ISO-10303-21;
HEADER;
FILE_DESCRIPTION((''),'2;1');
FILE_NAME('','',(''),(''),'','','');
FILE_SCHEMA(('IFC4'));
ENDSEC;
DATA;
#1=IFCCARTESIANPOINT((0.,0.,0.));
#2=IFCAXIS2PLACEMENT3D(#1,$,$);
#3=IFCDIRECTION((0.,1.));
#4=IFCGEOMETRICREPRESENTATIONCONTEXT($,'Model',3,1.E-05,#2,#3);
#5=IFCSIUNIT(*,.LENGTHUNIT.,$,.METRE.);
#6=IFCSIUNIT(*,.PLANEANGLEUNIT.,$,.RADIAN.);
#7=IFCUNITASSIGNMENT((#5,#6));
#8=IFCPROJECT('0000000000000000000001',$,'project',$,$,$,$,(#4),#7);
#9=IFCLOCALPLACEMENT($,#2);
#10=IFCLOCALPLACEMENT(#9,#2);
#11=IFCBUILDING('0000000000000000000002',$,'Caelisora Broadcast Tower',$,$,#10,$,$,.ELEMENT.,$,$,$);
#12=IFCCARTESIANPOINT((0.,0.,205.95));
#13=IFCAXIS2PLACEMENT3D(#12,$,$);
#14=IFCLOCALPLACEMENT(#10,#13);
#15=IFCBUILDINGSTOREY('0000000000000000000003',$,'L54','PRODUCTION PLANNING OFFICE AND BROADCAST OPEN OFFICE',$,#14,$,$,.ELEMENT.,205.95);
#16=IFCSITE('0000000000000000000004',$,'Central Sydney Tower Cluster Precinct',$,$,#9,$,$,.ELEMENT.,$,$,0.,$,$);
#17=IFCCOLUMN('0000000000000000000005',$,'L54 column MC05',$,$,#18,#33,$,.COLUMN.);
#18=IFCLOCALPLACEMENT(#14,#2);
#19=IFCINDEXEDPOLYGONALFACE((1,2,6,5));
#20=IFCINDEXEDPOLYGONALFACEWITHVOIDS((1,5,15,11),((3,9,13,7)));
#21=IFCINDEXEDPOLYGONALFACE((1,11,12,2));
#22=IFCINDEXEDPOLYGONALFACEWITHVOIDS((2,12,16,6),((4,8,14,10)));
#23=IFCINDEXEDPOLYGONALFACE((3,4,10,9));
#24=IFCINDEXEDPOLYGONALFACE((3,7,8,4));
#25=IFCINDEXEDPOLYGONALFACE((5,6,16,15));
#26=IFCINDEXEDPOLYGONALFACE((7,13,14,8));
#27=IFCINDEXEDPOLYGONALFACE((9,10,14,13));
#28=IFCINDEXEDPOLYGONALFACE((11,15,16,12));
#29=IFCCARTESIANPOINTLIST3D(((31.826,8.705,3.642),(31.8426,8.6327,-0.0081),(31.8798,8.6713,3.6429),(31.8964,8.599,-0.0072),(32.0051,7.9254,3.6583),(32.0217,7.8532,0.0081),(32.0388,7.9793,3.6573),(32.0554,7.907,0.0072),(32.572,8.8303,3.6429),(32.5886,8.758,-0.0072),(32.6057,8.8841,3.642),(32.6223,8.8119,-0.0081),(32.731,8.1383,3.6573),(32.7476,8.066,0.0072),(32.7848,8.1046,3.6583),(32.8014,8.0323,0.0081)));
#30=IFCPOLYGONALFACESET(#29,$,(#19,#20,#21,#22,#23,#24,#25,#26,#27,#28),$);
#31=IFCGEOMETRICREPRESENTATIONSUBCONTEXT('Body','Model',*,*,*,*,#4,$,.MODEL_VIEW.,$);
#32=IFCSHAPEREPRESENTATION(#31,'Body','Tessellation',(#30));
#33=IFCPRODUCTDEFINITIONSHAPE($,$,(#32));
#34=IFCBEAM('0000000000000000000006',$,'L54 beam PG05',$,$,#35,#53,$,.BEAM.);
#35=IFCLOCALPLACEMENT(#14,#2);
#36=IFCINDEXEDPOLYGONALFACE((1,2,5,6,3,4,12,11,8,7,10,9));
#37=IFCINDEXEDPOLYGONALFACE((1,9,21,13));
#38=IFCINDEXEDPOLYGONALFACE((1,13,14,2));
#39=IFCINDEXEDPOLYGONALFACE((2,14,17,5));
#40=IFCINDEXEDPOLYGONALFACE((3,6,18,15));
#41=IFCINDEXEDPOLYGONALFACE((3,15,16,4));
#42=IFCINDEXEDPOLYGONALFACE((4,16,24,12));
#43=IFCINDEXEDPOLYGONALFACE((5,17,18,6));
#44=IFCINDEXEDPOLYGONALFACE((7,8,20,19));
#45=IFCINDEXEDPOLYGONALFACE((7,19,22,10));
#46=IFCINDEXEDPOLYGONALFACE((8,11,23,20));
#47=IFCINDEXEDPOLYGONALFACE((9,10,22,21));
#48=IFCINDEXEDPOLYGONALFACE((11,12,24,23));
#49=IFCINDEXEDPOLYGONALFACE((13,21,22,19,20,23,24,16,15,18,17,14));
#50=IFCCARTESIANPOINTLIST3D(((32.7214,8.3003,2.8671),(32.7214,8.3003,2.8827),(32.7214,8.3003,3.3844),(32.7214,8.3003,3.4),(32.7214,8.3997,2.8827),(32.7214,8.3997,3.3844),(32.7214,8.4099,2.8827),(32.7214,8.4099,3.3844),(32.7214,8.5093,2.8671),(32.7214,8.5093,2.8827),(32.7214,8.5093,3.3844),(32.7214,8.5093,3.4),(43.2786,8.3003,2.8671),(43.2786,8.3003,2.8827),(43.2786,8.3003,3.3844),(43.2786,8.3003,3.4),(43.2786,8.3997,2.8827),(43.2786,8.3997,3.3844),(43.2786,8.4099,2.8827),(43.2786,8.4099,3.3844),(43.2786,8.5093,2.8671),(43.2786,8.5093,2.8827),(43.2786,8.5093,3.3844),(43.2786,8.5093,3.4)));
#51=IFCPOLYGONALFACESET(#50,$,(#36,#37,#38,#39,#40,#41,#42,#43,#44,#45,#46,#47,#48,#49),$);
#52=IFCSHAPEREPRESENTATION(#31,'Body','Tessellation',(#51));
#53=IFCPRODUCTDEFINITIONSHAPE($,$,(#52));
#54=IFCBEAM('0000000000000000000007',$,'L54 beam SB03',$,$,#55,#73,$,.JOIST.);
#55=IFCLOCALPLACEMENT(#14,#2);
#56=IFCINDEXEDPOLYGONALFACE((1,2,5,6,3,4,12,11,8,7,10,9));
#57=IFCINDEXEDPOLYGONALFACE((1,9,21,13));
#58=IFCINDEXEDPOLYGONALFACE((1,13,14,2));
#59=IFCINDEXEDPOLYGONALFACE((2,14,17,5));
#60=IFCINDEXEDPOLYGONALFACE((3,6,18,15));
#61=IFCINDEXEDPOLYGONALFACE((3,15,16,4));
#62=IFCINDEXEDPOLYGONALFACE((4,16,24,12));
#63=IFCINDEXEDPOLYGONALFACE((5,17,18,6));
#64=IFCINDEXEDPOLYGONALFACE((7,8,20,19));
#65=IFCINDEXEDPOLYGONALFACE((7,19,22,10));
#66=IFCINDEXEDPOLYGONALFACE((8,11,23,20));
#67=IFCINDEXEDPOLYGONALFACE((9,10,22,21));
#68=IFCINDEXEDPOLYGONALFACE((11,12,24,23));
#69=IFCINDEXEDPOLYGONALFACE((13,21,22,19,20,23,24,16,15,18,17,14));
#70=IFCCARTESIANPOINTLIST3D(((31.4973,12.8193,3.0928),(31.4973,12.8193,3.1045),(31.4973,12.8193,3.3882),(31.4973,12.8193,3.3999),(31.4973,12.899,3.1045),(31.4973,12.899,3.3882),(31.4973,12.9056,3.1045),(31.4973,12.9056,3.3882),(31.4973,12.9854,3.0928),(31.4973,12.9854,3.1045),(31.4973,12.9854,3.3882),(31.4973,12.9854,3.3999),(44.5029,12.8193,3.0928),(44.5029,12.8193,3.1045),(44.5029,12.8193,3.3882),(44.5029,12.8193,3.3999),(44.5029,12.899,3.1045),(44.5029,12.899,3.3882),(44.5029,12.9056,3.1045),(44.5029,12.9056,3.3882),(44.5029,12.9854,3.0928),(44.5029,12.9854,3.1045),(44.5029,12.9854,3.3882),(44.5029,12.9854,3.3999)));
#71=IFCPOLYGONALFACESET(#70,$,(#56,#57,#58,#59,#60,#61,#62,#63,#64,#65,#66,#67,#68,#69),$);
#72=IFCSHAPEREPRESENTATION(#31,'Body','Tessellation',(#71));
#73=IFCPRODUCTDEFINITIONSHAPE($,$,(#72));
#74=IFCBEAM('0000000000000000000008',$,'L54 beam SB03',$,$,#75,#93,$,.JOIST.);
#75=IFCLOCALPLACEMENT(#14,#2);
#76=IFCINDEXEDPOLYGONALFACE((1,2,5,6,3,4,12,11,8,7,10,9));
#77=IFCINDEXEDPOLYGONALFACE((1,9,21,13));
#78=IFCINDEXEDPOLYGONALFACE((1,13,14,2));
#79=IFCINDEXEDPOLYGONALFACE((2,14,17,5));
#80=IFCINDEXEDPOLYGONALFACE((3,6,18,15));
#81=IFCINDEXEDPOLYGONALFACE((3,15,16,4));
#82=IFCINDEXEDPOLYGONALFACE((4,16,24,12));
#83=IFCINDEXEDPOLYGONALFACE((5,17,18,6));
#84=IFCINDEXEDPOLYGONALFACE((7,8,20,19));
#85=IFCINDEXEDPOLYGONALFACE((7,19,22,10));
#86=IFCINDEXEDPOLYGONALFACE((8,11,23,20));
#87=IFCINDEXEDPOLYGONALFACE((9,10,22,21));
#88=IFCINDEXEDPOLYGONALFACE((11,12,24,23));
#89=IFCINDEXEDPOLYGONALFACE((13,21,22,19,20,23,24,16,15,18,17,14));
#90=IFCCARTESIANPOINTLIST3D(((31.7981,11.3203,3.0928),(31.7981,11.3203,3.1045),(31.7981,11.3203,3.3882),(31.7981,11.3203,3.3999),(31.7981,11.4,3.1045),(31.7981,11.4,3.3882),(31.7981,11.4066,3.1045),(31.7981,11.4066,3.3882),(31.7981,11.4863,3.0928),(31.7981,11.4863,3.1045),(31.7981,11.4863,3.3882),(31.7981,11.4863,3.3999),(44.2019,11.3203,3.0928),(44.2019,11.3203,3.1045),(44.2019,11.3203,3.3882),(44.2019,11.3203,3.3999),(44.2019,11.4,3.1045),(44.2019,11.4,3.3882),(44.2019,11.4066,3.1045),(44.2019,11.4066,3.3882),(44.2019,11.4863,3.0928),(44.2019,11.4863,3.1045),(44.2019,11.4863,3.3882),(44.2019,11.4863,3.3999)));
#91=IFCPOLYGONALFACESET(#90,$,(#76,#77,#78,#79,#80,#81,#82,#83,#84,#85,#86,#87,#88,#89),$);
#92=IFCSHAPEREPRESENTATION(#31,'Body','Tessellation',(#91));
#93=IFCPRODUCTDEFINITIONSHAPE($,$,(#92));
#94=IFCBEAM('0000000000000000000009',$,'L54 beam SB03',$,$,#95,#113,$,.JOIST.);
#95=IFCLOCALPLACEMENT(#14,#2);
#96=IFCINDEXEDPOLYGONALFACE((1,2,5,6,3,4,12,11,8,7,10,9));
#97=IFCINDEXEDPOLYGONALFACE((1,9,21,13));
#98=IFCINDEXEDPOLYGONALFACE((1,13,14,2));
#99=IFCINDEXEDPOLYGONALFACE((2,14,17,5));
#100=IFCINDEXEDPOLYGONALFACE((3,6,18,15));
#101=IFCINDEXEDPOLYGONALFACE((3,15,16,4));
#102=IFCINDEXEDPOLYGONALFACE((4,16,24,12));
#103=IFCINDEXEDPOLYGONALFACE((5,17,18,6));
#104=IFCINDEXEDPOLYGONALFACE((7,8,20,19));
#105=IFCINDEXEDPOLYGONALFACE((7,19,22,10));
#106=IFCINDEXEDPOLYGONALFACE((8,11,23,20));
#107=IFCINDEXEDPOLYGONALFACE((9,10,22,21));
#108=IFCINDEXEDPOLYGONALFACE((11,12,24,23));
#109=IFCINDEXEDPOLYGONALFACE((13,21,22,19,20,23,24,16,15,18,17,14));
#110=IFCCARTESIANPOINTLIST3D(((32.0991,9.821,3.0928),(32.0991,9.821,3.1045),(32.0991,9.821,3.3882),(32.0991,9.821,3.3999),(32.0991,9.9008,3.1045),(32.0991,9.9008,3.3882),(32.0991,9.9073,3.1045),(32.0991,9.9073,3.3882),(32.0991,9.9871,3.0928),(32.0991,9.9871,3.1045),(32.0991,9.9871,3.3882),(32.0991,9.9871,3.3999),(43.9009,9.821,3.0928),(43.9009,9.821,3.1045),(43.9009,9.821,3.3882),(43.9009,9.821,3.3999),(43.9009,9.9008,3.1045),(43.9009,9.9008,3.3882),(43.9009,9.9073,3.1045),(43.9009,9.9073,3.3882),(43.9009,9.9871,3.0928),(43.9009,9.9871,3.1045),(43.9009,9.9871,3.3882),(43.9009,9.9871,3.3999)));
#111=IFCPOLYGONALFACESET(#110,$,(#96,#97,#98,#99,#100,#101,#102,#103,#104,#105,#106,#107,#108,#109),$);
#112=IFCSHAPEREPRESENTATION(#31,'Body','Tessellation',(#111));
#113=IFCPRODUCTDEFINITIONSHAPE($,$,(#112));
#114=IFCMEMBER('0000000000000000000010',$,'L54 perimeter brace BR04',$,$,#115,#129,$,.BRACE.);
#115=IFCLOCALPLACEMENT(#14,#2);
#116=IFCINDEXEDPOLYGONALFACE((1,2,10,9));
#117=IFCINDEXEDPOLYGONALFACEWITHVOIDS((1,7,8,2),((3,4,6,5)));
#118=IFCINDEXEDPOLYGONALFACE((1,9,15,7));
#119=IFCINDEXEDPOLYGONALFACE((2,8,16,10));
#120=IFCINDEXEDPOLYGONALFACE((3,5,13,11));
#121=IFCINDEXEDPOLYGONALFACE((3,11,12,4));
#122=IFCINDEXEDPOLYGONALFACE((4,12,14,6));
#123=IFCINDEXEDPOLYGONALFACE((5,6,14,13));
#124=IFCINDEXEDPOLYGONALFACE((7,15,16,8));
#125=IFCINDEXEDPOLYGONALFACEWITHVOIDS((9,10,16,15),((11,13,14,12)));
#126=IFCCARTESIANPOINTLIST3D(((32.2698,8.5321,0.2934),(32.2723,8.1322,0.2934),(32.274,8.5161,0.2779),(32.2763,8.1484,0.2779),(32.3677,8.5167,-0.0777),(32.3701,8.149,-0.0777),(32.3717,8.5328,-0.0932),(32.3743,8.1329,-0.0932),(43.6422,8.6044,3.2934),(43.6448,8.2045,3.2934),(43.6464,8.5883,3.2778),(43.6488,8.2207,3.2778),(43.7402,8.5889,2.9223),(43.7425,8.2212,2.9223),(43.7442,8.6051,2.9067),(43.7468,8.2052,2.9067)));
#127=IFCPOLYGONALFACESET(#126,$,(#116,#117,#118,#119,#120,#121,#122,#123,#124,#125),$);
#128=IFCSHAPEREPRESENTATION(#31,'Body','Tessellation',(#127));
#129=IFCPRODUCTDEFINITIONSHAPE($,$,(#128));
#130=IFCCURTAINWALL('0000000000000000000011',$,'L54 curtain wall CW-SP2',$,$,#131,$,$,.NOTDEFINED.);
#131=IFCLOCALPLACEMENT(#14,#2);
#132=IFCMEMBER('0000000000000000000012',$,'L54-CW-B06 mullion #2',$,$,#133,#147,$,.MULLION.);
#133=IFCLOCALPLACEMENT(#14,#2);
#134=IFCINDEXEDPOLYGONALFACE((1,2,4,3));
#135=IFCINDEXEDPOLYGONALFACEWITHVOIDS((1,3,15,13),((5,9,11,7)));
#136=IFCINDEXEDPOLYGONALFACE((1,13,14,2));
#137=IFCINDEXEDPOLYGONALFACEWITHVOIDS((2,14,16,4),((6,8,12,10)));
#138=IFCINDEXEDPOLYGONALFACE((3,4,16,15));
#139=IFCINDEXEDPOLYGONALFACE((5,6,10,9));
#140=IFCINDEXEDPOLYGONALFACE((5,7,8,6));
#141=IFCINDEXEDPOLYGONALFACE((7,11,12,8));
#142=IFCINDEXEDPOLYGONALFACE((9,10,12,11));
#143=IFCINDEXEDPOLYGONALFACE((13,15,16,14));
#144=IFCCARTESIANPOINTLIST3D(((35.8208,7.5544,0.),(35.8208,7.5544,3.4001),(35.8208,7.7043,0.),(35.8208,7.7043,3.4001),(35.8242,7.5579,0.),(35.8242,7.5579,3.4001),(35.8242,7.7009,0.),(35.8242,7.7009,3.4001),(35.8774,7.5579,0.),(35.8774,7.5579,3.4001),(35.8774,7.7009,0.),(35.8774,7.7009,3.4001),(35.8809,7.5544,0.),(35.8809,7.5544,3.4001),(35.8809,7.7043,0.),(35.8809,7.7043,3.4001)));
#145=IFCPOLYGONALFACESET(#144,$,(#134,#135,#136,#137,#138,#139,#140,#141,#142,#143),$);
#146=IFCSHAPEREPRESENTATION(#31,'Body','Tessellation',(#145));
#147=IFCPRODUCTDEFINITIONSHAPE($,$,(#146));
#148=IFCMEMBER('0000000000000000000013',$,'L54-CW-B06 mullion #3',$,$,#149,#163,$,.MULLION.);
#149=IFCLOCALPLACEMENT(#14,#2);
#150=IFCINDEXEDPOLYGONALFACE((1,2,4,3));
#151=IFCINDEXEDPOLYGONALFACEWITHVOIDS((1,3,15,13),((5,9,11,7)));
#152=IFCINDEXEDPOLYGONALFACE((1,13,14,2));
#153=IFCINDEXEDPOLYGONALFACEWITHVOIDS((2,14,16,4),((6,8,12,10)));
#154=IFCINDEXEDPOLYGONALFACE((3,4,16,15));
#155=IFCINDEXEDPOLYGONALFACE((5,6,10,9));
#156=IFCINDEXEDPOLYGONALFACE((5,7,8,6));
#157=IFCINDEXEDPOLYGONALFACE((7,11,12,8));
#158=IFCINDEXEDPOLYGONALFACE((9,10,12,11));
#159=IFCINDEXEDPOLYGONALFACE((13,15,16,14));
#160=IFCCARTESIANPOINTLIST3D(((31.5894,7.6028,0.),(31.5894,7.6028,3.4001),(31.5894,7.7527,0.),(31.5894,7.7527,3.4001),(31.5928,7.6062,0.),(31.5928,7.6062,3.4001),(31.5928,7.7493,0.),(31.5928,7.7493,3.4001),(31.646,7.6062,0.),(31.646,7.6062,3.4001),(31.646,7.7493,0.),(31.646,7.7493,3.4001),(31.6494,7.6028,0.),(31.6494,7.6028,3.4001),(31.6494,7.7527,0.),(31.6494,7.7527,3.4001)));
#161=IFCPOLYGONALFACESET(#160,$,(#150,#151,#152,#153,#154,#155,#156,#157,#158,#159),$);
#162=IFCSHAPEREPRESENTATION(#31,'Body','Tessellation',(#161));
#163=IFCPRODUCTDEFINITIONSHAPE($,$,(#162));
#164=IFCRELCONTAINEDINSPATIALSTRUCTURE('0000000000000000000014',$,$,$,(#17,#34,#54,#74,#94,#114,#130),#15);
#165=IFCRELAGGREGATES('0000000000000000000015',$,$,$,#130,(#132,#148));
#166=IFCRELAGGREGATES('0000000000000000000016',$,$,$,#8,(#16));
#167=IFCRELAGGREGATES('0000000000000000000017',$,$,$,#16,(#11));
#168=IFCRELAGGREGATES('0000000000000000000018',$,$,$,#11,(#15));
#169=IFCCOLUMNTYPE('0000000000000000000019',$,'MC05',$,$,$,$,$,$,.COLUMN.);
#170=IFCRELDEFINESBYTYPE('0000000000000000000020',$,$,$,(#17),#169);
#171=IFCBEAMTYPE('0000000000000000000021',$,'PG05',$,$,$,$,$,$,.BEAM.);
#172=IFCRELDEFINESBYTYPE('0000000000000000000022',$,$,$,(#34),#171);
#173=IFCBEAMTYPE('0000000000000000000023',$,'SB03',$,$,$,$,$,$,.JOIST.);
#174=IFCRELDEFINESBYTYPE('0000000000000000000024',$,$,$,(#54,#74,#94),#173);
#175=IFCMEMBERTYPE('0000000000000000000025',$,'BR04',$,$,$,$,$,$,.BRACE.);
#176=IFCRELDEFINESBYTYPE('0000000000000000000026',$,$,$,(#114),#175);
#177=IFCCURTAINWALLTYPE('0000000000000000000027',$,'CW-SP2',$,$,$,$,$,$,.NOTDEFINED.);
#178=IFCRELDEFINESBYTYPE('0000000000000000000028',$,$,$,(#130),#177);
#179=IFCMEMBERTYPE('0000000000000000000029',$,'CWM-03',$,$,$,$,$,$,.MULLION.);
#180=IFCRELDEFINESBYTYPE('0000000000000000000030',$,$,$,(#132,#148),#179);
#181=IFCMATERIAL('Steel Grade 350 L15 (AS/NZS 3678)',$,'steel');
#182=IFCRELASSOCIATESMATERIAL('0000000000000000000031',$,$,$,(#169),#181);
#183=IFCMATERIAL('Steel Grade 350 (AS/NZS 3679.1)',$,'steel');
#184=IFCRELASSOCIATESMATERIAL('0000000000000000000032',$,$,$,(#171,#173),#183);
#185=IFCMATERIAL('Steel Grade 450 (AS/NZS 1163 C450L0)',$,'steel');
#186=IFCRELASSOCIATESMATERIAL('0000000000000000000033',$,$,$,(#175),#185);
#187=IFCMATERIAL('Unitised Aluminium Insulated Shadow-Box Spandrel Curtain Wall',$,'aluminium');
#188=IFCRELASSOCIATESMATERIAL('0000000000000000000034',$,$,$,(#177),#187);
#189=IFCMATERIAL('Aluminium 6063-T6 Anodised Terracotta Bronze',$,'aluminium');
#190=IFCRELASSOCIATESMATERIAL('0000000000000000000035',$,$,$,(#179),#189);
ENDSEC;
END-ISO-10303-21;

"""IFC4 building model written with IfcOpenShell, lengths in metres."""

from ifc_helpers import new_model, si_unit, direction, frame, origin, origin_2d, place, context, subcontext, project, spatial, hollow_rectangle, i_section, extrude, source, transform, mapped, material, material_profile, profile_set, type_object, type_shapes, element, aggregate, save


model = new_model("IFC4")

# Units and contexts
model_context = context("Model", 3, precision=1e-05, world=origin(), true_north=direction((0.0, 1.0)))
body_context = subcontext(model_context, "Body", "Model", "MODEL_VIEW")
ifc_project = project(units=[si_unit("LENGTHUNIT", "METRE"), si_unit("PLANEANGLEUNIT", "RADIAN")], contexts=[model_context])

# Site, building, storey
site_placement = place(None, origin())
site = spatial("IfcSite", under=ifc_project, at=site_placement, Name="Central Sydney Tower Cluster Precinct", CompositionType="ELEMENT", RefElevation=0.0)
building_placement = place(site_placement, origin())
building = spatial("IfcBuilding", under=site, at=building_placement, Name="Caelisora Broadcast Tower", CompositionType="ELEMENT")
storey_placement = place(building_placement, frame((0.0, 0.0, 205.95)))
storey = spatial("IfcBuildingStorey", under=building, at=storey_placement, Name="L54", Description="PRODUCTION PLANNING OFFICE AND BROADCAST OPEN OFFICE", CompositionType="ELEMENT", Elevation=205.95)

# Column
ifc_material_1 = material(Name="Steel Grade 350 L15 (AS/NZS 3678)", Category="steel")
ifc_material_profile_1 = material_profile(ifc_material_1, hollow_rectangle(XDim=0.8, YDim=0.8, WallThickness=0.0449, at=origin_2d()), Name="Steel Grade 350 L15 (AS/NZS 3678)")
ifc_profile_set_1 = profile_set([ifc_material_profile_1], Name="Steel Grade 350 L15 (AS/NZS 3678)")
column_type = type_object("IfcColumnType", Name="MC05", PredefinedType="COLUMN", material=ifc_profile_set_1)
shared_shape_1 = source(origin(), body_context, "Body", "SweptSolid", [
    extrude(hollow_rectangle(XDim=0.8, YDim=0.8, WallThickness=0.0449, at=origin_2d()), origin(), (0.0, 0.0, 1.0), 3.6509),
])
type_shapes(column_type, [shared_shape_1])
column_placement = place(storey_placement, frame((32.322, 8.3325, 0.0), z_axis=(-0.004547, 0.019794, 0.999794), x_axis=(-0.974613, -0.223898, 0.0)))
element("IfcColumn", 1, at=column_placement, inside=storey, type_object=column_type, Name="L54 column MC05", PredefinedType="COLUMN", context=body_context, shape_type="MappedRepresentation", body=[
    mapped(shared_shape_1, transform((0.0, 0.0, 0.0), scale=1.0)),
])

# Beams
ifc_material_2 = material(Name="Steel Grade 350 (AS/NZS 3679.1)", Category="steel")
ifc_material_profile_2 = material_profile(ifc_material_2, i_section(OverallWidth=0.209, OverallDepth=0.533, WebThickness=0.0103, FlangeThickness=0.0156, at=origin_2d()), Name="Steel Grade 350 (AS/NZS 3679.1)")
ifc_profile_set_2 = profile_set([ifc_material_profile_2], Name="Steel Grade 350 (AS/NZS 3679.1)")
beam_type_1 = type_object("IfcBeamType", Name="PG05", PredefinedType="BEAM", material=ifc_profile_set_2)
shared_shape_2 = source(origin(), body_context, "Body", "SweptSolid", [
    extrude(i_section(OverallWidth=0.209, OverallDepth=0.533, WebThickness=0.0103, FlangeThickness=0.0156, at=origin_2d()), origin(), (0.0, 0.0, 1.0), 10.5571),
])
type_shapes(beam_type_1, [shared_shape_2])
beam_1_placement = place(storey_placement, frame((32.7214, 8.4048, 3.1335), z_axis=(1.0, 0.0, 0.0), x_axis=(0.0, 1.0, 0.0)))
element("IfcBeam", 2, at=beam_1_placement, inside=storey, type_object=beam_type_1, Name="L54 beam PG05", PredefinedType="BEAM", context=body_context, shape_type="MappedRepresentation", body=[
    mapped(shared_shape_2, transform((0.0, 0.0, 0.0), scale=1.0)),
])
ifc_material_profile_3 = material_profile(ifc_material_2, i_section(OverallWidth=0.166, OverallDepth=0.3071, WebThickness=0.0066, FlangeThickness=0.0117, at=origin_2d()), Name="Steel Grade 350 (AS/NZS 3679.1)")
ifc_profile_set_3 = profile_set([ifc_material_profile_3], Name="Steel Grade 350 (AS/NZS 3679.1)")
beam_type_2 = type_object("IfcBeamType", Name="SB03", PredefinedType="JOIST", material=ifc_profile_set_3)
shared_shape_3 = source(origin(), body_context, "Body", "SweptSolid", [
    extrude(i_section(OverallWidth=0.166, OverallDepth=0.3071, WebThickness=0.0066, FlangeThickness=0.0117, at=origin_2d()), origin(), (0.0, 0.0, 1.0), 13.0056),
])
beam_2_placement = place(storey_placement, frame((31.4973, 12.9023, 3.2463), z_axis=(1.0, 0.0, 0.0), x_axis=(0.0, 1.0, 0.0)))
element("IfcBeam", 3, at=beam_2_placement, inside=storey, type_object=beam_type_2, Name="L54 beam SB03", PredefinedType="JOIST", context=body_context, shape_type="MappedRepresentation", body=[
    mapped(shared_shape_3, transform((0.0, 0.0, 0.0), scale=1.0)),
])
shared_shape_4 = source(origin(), body_context, "Body", "SweptSolid", [
    extrude(i_section(OverallWidth=0.166, OverallDepth=0.3071, WebThickness=0.0066, FlangeThickness=0.0117, at=origin_2d()), origin(), (0.0, 0.0, 1.0), 12.4038),
])
beam_3_placement = place(storey_placement, frame((31.7981, 11.4033, 3.2463), z_axis=(1.0, 0.0, 0.0), x_axis=(0.0, 1.0, 0.0)))
element("IfcBeam", 4, at=beam_3_placement, inside=storey, type_object=beam_type_2, Name="L54 beam SB03", PredefinedType="JOIST", context=body_context, shape_type="MappedRepresentation", body=[
    mapped(shared_shape_4, transform((0.0, 0.0, 0.0), scale=1.0)),
])
shared_shape_5 = source(origin(), body_context, "Body", "SweptSolid", [
    extrude(i_section(OverallWidth=0.166, OverallDepth=0.3071, WebThickness=0.0066, FlangeThickness=0.0117, at=origin_2d()), origin(), (0.0, 0.0, 1.0), 11.8018),
])
type_shapes(beam_type_2, [shared_shape_3, shared_shape_4, shared_shape_5])
beam_4_placement = place(storey_placement, frame((32.0991, 9.9041, 3.2463), z_axis=(1.0, 0.0, 0.0), x_axis=(0.0, 1.0, 0.0)))
element("IfcBeam", 5, at=beam_4_placement, inside=storey, type_object=beam_type_2, Name="L54 beam SB03", PredefinedType="JOIST", context=body_context, shape_type="MappedRepresentation", body=[
    mapped(shared_shape_5, transform((0.0, 0.0, 0.0), scale=1.0)),
])

# Member
ifc_material_3 = material(Name="Steel Grade 450 (AS/NZS 1163 C450L0)", Category="steel")
ifc_material_profile_4 = material_profile(ifc_material_3, hollow_rectangle(XDim=0.3999, YDim=0.3999, WallThickness=0.0161, at=origin_2d()), Name="Steel Grade 450 (AS/NZS 1163 C450L0)")
ifc_profile_set_4 = profile_set([ifc_material_profile_4], Name="Steel Grade 450 (AS/NZS 1163 C450L0)")
member_type_1 = type_object("IfcMemberType", Name="BR04", PredefinedType="BRACE", material=ifc_profile_set_4)
shared_shape_6 = source(origin(), body_context, "Body", "SweptSolid", [
    extrude(hollow_rectangle(XDim=0.3999, YDim=0.3999, WallThickness=0.0161, at=origin_2d()), origin(), (0.0, 0.0, 1.0), 11.7617),
])
type_shapes(member_type_1, [shared_shape_6])
member_1_placement = place(storey_placement, frame((32.322, 8.3325, 0.1001), z_axis=(0.966905, 0.006144, 0.255063), x_axis=(-0.006354, 0.99998, 0.0)))
element("IfcMember", 6, at=member_1_placement, inside=storey, type_object=member_type_1, Name="L54 perimeter brace BR04", PredefinedType="BRACE", context=body_context, shape_type="MappedRepresentation", body=[
    mapped(shared_shape_6, transform((0.0, 0.0, 0.0), scale=1.0)),
])

# Curtain wall, members
ifc_material_4 = material(Name="Unitised Aluminium Insulated Shadow-Box Spandrel Curtain Wall", Category="aluminium")
curtain_wall_type_1 = type_object("IfcCurtainWallType", Name="CW-SP2", PredefinedType="NOTDEFINED", material=ifc_material_4)
curtain_wall_1_placement = place(storey_placement, origin())
curtain_wall_1 = element("IfcCurtainWall", 7, at=curtain_wall_1_placement, inside=storey, type_object=curtain_wall_type_1, Name="L54 curtain wall CW-SP2", PredefinedType="NOTDEFINED")
ifc_material_5 = material(Name="Aluminium 6063-T6 Anodised Terracotta Bronze", Category="aluminium")
ifc_material_profile_5 = material_profile(ifc_material_5, hollow_rectangle(XDim=0.0601, YDim=0.1499, WallThickness=0.0034, at=origin_2d()), Name="Aluminium 6063-T6 Anodised Terracotta Bronze")
ifc_profile_set_5 = profile_set([ifc_material_profile_5], Name="Aluminium 6063-T6 Anodised Terracotta Bronze")
member_type_2 = type_object("IfcMemberType", Name="CWM-03", PredefinedType="MULLION", material=ifc_profile_set_5)
shared_shape_7 = source(origin(), body_context, "Body", "SweptSolid", [
    extrude(hollow_rectangle(XDim=0.0601, YDim=0.1499, WallThickness=0.0034, at=origin_2d()), origin(), (0.0, 0.0, 1.0), 3.4001),
])
type_shapes(member_type_2, [shared_shape_7])
member_2_placement = place(storey_placement, frame((35.8508, 7.6294, 0.0), z_axis=(0.0, 0.0, 1.0), x_axis=(1.0, 0.0, 0.0)))
member_2 = element("IfcMember", 8, at=member_2_placement, type_object=member_type_2, Name="L54-CW-B06 mullion #2", PredefinedType="MULLION", context=body_context, shape_type="MappedRepresentation", body=[
    mapped(shared_shape_7, transform((0.0, 0.0, 0.0), scale=1.0)),
])
member_3_placement = place(storey_placement, frame((31.6194, 7.6777, 0.0), z_axis=(0.0, 0.0, 1.0), x_axis=(1.0, 0.0, 0.0)))
member_3 = element("IfcMember", 9, at=member_3_placement, type_object=member_type_2, Name="L54-CW-B06 mullion #3", PredefinedType="MULLION", context=body_context, shape_type="MappedRepresentation", body=[
    mapped(shared_shape_7, transform((0.0, 0.0, 0.0), scale=1.0)),
])

aggregate(curtain_wall_1, [member_2, member_3])

save(model, "model.ifc")
